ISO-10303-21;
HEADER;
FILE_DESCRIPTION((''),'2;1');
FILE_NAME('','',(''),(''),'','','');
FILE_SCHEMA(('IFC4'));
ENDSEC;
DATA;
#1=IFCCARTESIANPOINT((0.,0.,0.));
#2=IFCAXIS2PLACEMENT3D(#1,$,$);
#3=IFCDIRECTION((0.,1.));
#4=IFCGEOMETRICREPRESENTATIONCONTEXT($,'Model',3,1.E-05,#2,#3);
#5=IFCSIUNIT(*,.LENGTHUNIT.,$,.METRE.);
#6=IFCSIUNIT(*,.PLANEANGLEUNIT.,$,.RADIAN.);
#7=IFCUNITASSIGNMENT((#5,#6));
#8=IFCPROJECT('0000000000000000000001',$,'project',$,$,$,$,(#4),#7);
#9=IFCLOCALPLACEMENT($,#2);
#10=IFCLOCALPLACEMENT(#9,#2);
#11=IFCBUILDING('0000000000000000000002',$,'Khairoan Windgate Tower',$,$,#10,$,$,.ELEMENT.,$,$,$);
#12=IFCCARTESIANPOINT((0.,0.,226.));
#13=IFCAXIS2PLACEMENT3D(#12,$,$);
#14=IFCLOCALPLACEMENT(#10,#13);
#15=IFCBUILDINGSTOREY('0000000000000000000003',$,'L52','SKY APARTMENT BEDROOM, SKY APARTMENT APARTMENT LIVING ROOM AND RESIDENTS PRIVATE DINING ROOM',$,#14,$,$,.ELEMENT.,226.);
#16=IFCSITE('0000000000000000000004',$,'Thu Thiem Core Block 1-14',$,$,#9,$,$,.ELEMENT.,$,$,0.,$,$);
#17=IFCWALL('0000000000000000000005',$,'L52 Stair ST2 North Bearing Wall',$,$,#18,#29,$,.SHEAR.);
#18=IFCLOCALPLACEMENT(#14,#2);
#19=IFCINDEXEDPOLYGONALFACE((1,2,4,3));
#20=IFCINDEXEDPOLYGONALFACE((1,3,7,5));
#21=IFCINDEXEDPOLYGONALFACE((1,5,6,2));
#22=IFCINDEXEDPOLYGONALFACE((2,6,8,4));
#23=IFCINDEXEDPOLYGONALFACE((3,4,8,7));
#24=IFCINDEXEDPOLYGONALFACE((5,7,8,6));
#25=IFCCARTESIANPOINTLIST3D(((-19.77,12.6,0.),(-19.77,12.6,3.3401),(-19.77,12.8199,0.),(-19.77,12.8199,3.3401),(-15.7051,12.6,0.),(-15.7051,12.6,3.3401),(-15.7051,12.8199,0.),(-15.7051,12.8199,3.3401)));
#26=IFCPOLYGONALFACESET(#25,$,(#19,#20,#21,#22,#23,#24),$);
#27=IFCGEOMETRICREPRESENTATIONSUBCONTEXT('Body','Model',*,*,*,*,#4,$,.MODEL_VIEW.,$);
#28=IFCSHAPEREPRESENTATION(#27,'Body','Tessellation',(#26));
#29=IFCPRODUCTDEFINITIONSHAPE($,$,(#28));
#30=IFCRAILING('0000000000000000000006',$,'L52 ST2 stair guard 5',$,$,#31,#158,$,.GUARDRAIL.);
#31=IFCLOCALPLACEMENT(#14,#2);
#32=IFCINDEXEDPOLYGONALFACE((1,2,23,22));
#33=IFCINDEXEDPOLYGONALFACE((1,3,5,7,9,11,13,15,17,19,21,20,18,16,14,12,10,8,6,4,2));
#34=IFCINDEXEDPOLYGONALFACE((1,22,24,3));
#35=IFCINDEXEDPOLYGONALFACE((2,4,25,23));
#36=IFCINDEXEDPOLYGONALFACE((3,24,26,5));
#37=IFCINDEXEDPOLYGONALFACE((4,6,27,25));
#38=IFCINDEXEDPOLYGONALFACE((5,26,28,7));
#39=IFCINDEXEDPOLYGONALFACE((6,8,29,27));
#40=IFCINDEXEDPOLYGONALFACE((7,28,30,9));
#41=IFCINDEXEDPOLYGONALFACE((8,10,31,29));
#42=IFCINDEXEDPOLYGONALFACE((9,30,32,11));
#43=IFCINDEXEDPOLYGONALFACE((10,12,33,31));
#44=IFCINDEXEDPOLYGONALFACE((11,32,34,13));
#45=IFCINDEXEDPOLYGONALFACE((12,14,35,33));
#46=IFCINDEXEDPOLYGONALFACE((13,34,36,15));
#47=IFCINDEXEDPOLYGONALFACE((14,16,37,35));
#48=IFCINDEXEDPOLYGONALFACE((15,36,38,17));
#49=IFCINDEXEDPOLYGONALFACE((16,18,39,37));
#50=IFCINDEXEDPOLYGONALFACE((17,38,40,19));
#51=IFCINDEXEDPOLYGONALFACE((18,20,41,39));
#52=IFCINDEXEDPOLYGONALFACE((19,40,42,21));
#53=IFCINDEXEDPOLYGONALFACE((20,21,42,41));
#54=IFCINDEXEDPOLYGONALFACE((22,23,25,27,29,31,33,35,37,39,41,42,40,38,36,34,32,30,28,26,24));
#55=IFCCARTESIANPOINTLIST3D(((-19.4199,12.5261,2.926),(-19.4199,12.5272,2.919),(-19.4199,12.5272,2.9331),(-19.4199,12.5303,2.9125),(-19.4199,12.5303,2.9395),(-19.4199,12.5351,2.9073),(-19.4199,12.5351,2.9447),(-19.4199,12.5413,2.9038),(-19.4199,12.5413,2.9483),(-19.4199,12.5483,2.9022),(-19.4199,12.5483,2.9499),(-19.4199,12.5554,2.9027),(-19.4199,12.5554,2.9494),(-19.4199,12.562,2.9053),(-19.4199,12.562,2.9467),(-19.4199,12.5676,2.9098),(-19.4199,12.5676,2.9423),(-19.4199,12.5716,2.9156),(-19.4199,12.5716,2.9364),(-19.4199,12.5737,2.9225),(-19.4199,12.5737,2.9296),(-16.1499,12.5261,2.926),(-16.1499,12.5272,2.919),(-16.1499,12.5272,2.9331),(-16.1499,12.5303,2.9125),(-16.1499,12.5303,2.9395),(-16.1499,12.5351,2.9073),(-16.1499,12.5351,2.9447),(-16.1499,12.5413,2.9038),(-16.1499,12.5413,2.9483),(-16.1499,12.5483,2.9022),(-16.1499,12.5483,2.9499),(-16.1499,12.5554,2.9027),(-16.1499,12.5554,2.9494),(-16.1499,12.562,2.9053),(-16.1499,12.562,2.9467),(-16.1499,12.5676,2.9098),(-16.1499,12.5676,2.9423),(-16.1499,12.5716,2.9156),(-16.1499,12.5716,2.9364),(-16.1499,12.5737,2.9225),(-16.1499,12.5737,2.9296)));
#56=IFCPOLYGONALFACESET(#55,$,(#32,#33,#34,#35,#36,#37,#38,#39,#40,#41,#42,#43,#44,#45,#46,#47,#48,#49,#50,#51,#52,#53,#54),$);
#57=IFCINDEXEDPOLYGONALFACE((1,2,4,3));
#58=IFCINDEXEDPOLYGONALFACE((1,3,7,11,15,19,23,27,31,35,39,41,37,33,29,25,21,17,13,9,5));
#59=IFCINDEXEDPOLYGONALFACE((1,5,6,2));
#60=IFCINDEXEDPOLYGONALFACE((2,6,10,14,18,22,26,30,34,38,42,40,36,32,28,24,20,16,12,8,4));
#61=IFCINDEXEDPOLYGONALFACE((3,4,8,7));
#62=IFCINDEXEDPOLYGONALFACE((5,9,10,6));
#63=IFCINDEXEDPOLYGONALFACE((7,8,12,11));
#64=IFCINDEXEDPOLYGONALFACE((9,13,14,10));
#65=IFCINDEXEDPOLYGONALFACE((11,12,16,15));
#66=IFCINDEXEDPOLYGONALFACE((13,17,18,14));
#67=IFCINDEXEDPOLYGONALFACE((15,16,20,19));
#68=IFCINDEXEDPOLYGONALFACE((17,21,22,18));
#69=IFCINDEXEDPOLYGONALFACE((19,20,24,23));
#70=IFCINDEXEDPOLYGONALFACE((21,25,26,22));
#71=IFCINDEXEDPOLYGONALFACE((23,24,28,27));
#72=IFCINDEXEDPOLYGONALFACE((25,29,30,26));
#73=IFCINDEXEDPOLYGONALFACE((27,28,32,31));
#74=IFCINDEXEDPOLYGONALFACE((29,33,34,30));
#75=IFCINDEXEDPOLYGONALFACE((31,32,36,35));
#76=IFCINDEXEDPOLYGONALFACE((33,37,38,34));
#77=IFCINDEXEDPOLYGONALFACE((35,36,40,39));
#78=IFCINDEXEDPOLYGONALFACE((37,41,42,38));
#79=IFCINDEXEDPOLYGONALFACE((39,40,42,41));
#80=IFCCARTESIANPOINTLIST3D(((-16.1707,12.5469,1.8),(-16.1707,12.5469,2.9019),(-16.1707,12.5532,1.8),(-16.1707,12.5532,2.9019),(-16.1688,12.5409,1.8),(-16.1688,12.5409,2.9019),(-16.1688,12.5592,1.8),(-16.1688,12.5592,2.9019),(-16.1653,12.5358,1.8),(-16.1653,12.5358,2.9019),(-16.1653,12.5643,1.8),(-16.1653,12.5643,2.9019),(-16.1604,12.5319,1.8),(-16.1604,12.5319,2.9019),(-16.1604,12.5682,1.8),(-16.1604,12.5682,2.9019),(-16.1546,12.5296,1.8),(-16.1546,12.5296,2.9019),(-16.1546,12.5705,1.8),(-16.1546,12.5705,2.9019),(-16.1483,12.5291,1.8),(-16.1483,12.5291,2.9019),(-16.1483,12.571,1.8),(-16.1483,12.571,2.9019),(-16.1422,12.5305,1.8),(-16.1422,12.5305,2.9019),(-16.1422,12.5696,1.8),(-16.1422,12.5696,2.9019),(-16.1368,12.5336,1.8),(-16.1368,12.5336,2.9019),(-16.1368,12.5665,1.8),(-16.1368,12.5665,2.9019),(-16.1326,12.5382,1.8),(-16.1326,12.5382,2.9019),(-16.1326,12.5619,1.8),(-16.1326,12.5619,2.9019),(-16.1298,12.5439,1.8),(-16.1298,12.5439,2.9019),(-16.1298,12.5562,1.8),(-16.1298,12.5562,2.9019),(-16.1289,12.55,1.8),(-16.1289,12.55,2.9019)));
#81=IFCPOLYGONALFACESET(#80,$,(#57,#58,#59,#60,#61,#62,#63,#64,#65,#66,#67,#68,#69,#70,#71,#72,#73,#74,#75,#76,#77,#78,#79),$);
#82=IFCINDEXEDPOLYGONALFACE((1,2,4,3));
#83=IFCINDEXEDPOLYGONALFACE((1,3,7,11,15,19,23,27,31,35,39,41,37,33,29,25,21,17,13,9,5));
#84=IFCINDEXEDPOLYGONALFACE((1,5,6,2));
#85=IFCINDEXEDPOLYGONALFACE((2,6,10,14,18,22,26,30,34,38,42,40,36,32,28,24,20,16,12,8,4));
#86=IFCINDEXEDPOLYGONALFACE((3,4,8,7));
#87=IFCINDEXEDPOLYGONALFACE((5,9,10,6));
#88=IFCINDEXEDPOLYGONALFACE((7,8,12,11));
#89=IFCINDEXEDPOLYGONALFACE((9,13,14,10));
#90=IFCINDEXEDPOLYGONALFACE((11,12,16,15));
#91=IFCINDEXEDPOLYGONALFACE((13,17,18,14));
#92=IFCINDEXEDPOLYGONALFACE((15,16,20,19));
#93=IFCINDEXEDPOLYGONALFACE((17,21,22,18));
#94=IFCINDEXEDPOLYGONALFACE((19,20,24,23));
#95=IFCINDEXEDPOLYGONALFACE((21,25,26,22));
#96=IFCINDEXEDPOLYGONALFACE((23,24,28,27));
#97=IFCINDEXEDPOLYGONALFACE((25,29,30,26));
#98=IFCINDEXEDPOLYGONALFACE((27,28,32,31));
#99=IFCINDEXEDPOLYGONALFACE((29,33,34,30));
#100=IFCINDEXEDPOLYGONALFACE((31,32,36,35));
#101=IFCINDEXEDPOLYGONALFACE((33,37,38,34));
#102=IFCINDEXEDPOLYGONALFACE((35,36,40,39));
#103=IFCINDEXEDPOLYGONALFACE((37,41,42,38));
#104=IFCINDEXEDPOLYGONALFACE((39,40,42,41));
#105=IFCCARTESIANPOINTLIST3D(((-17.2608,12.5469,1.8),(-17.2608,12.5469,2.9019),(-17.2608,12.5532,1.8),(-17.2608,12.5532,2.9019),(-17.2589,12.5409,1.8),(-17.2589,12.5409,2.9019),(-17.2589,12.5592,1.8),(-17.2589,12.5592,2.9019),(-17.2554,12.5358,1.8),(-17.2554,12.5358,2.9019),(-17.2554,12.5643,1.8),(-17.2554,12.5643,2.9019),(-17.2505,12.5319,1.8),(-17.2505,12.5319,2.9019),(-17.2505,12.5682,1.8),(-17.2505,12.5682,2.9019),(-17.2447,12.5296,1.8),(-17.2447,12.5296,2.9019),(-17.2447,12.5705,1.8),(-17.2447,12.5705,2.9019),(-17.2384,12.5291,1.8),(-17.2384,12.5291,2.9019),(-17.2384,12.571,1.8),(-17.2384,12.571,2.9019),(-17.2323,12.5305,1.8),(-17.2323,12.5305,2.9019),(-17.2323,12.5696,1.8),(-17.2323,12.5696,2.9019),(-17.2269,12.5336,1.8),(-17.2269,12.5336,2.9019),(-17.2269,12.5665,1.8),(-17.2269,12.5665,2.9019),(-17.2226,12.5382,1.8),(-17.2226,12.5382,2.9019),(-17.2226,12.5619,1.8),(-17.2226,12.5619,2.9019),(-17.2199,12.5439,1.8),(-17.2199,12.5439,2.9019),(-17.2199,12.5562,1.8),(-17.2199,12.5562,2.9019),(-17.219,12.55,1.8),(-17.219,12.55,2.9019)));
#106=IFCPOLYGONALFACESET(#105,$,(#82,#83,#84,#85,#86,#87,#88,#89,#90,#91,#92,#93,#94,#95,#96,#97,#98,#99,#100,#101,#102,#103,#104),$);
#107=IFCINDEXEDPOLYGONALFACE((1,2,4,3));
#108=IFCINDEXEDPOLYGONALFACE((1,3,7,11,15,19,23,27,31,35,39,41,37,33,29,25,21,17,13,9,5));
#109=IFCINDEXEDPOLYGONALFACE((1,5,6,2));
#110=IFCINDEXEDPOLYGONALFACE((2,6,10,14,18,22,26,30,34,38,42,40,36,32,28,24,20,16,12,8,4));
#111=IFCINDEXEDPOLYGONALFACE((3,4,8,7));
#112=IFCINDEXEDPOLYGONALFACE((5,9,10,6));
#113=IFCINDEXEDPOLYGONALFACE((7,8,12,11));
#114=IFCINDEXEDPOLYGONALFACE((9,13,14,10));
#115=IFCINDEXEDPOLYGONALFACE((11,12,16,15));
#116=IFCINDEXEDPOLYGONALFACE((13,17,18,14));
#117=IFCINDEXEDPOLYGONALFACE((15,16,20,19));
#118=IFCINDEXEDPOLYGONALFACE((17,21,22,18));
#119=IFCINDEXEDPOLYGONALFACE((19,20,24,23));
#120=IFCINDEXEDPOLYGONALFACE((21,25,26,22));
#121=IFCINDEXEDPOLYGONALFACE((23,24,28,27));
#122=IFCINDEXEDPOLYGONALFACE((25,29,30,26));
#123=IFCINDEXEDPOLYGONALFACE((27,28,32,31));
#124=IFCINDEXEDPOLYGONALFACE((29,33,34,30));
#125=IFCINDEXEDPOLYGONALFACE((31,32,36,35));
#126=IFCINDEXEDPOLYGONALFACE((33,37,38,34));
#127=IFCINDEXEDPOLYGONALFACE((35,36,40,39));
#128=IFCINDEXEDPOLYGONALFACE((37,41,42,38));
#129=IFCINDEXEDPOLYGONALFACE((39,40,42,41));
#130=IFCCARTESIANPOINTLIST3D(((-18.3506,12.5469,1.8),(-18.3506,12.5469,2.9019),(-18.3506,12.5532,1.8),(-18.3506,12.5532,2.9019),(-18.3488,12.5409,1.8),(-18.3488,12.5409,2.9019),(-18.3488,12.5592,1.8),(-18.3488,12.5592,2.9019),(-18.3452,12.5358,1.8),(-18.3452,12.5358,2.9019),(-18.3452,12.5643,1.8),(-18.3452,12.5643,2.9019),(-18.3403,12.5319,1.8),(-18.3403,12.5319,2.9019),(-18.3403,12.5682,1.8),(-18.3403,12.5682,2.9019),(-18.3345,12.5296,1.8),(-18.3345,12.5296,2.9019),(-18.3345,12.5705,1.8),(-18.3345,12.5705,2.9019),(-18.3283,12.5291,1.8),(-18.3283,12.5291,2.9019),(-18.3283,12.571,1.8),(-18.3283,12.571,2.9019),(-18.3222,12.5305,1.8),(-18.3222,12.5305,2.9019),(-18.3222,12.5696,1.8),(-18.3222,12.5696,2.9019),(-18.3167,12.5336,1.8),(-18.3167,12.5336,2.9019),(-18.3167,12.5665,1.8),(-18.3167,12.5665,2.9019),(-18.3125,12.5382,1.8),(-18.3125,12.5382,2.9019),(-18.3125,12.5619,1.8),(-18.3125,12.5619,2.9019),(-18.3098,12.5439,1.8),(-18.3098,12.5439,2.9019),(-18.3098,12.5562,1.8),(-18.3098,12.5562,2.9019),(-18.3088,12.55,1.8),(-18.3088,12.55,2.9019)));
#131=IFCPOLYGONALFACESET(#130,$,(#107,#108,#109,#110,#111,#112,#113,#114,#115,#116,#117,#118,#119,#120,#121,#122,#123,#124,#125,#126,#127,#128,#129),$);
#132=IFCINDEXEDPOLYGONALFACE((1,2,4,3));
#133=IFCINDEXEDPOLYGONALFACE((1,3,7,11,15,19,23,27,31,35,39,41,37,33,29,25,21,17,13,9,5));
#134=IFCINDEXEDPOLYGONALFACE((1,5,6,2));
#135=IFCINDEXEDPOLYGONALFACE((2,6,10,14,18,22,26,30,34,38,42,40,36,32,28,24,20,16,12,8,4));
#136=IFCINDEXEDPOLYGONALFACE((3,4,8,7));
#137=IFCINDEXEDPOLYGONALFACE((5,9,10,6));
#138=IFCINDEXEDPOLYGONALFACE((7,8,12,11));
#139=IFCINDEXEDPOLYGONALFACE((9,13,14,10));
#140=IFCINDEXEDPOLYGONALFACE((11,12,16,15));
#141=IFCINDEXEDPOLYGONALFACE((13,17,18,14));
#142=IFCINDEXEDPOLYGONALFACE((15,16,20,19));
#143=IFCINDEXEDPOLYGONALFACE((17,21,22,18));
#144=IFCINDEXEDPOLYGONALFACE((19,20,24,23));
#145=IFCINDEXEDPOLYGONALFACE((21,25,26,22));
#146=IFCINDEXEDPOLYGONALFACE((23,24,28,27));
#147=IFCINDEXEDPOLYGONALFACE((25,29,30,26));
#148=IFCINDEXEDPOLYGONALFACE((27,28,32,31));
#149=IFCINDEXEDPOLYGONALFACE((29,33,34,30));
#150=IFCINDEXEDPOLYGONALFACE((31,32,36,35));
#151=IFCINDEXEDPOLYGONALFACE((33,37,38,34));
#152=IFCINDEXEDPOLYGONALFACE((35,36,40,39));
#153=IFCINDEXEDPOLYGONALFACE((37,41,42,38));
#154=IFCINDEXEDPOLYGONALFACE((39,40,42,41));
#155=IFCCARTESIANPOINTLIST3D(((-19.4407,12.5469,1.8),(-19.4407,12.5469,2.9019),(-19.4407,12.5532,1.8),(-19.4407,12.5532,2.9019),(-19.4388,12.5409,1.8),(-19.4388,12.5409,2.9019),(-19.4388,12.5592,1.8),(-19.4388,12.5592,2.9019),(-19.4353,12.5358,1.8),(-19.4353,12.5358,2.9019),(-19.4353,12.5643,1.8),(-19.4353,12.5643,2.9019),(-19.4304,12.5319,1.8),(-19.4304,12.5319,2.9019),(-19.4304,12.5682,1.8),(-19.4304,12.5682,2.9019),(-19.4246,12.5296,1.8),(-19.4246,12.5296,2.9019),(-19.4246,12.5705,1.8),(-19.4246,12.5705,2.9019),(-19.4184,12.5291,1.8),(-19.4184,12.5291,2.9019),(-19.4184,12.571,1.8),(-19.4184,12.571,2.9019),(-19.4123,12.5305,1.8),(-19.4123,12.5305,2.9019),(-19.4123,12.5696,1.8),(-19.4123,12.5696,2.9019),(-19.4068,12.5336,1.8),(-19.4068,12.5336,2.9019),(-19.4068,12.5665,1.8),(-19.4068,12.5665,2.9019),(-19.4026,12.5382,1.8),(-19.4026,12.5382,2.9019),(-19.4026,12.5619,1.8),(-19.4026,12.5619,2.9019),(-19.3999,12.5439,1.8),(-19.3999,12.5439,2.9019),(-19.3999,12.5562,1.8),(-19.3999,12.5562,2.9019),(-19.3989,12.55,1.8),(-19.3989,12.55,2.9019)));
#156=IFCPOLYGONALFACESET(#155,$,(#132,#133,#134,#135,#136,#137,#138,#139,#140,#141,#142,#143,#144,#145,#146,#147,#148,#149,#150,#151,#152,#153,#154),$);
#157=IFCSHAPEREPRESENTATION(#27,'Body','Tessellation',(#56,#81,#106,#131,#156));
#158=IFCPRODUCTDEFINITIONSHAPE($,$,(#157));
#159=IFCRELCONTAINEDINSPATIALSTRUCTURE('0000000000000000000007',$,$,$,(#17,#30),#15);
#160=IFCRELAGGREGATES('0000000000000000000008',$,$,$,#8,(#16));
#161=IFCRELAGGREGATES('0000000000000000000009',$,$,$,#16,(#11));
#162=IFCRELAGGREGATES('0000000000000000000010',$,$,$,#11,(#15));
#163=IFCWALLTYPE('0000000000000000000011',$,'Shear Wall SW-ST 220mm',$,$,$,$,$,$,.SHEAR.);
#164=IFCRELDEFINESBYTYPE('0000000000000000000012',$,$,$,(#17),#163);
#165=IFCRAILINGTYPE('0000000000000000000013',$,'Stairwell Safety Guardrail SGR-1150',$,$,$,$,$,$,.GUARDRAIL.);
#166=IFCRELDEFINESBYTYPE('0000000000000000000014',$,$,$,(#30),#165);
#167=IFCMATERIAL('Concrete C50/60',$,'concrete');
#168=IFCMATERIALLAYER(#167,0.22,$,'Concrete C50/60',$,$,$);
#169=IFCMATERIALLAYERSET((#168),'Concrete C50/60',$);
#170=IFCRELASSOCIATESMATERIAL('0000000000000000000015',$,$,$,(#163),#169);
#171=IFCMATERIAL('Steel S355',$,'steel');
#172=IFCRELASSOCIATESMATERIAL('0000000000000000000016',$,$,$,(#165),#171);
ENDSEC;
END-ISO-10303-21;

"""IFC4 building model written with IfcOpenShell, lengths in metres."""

from ifc_helpers import new_model, si_unit, direction, frame, frame_2d, origin, origin_2d, place, context, subcontext, project, spatial, rectangle, circle, extrude, material, layer, layer_set, type_object, element, save


model = new_model("IFC4")

# Units and contexts
model_context = context("Model", 3, precision=1e-05, world=origin(), true_north=direction((0.0, 1.0)))
body_context = subcontext(model_context, "Body", "Model", "MODEL_VIEW")
ifc_project = project(units=[si_unit("LENGTHUNIT", "METRE"), si_unit("PLANEANGLEUNIT", "RADIAN")], contexts=[model_context])

# Site, building, storey
site_placement = place(None, origin())
site = spatial("IfcSite", under=ifc_project, at=site_placement, Name="Thu Thiem Core Block 1-14", CompositionType="ELEMENT", RefElevation=0.0)
building_placement = place(site_placement, origin())
building = spatial("IfcBuilding", under=site, at=building_placement, Name="Khairoan Windgate Tower", CompositionType="ELEMENT")
storey_placement = place(building_placement, frame((0.0, 0.0, 226.0)))
storey = spatial("IfcBuildingStorey", under=building, at=storey_placement, Name="L52", Description="SKY APARTMENT BEDROOM, SKY APARTMENT APARTMENT LIVING ROOM AND RESIDENTS PRIVATE DINING ROOM", CompositionType="ELEMENT", Elevation=226.0)

# Wall
ifc_material_1 = material(Name="Concrete C50/60", Category="concrete")
ifc_layer_1 = layer(ifc_material_1, 0.22, Name="Concrete C50/60")
ifc_layer_set_1 = layer_set([ifc_layer_1], Name="Concrete C50/60")
wall_type_1 = type_object("IfcWallType", Name="Shear Wall SW-ST 220mm", PredefinedType="SHEAR", material=ifc_layer_set_1)
wall_1_placement = place(storey_placement, frame((-19.77, 12.71, 0.0), z_axis=(0.0, 0.0, 1.0), x_axis=(1.0, 0.0, 0.0)))
element("IfcWall", 1, at=wall_1_placement, inside=storey, type_object=wall_type_1, Name="L52 Stair ST2 North Bearing Wall", PredefinedType="SHEAR", context=body_context, shape_type="SweptSolid", body=[
    extrude(rectangle(XDim=4.0649, YDim=0.22, at=frame_2d((2.0325, 0.0))), origin(), (0.0, 0.0, 1.0), 3.3401),
])

# Railing
ifc_material_2 = material(Name="Steel S355", Category="steel")
railing_type = type_object("IfcRailingType", Name="Stairwell Safety Guardrail SGR-1150", PredefinedType="GUARDRAIL", material=ifc_material_2)
railing_1_placement = place(storey_placement, frame((-16.1499, 12.55, 1.8)))
element("IfcRailing", 2, at=railing_1_placement, inside=storey, type_object=railing_type, Name="L52 ST2 stair guard 5", PredefinedType="GUARDRAIL", context=body_context, shape_type="SweptSolid", body=[
    extrude(circle(Radius=0.0239, at=origin_2d()), frame((0.0, 0.0, 1.126), z_axis=(-1.0, 0.0, 0.0), x_axis=(0.0, -1.0, 0.0)), (0.0, 0.0, 1.0), 3.27),
    extrude(circle(Radius=0.021, at=origin_2d()), origin(), (0.0, 0.0, 1.0), 1.1018),
    extrude(circle(Radius=0.021, at=origin_2d()), frame((-1.0901, 0.0, 0.0)), (0.0, 0.0, 1.0), 1.1018),
    extrude(circle(Radius=0.021, at=origin_2d()), frame((-2.1799, 0.0, 0.0)), (0.0, 0.0, 1.0), 1.1018),
    extrude(circle(Radius=0.021, at=origin_2d()), frame((-3.27, 0.0, 0.0)), (0.0, 0.0, 1.0), 1.1018),
])

save(model, "model.ifc")
